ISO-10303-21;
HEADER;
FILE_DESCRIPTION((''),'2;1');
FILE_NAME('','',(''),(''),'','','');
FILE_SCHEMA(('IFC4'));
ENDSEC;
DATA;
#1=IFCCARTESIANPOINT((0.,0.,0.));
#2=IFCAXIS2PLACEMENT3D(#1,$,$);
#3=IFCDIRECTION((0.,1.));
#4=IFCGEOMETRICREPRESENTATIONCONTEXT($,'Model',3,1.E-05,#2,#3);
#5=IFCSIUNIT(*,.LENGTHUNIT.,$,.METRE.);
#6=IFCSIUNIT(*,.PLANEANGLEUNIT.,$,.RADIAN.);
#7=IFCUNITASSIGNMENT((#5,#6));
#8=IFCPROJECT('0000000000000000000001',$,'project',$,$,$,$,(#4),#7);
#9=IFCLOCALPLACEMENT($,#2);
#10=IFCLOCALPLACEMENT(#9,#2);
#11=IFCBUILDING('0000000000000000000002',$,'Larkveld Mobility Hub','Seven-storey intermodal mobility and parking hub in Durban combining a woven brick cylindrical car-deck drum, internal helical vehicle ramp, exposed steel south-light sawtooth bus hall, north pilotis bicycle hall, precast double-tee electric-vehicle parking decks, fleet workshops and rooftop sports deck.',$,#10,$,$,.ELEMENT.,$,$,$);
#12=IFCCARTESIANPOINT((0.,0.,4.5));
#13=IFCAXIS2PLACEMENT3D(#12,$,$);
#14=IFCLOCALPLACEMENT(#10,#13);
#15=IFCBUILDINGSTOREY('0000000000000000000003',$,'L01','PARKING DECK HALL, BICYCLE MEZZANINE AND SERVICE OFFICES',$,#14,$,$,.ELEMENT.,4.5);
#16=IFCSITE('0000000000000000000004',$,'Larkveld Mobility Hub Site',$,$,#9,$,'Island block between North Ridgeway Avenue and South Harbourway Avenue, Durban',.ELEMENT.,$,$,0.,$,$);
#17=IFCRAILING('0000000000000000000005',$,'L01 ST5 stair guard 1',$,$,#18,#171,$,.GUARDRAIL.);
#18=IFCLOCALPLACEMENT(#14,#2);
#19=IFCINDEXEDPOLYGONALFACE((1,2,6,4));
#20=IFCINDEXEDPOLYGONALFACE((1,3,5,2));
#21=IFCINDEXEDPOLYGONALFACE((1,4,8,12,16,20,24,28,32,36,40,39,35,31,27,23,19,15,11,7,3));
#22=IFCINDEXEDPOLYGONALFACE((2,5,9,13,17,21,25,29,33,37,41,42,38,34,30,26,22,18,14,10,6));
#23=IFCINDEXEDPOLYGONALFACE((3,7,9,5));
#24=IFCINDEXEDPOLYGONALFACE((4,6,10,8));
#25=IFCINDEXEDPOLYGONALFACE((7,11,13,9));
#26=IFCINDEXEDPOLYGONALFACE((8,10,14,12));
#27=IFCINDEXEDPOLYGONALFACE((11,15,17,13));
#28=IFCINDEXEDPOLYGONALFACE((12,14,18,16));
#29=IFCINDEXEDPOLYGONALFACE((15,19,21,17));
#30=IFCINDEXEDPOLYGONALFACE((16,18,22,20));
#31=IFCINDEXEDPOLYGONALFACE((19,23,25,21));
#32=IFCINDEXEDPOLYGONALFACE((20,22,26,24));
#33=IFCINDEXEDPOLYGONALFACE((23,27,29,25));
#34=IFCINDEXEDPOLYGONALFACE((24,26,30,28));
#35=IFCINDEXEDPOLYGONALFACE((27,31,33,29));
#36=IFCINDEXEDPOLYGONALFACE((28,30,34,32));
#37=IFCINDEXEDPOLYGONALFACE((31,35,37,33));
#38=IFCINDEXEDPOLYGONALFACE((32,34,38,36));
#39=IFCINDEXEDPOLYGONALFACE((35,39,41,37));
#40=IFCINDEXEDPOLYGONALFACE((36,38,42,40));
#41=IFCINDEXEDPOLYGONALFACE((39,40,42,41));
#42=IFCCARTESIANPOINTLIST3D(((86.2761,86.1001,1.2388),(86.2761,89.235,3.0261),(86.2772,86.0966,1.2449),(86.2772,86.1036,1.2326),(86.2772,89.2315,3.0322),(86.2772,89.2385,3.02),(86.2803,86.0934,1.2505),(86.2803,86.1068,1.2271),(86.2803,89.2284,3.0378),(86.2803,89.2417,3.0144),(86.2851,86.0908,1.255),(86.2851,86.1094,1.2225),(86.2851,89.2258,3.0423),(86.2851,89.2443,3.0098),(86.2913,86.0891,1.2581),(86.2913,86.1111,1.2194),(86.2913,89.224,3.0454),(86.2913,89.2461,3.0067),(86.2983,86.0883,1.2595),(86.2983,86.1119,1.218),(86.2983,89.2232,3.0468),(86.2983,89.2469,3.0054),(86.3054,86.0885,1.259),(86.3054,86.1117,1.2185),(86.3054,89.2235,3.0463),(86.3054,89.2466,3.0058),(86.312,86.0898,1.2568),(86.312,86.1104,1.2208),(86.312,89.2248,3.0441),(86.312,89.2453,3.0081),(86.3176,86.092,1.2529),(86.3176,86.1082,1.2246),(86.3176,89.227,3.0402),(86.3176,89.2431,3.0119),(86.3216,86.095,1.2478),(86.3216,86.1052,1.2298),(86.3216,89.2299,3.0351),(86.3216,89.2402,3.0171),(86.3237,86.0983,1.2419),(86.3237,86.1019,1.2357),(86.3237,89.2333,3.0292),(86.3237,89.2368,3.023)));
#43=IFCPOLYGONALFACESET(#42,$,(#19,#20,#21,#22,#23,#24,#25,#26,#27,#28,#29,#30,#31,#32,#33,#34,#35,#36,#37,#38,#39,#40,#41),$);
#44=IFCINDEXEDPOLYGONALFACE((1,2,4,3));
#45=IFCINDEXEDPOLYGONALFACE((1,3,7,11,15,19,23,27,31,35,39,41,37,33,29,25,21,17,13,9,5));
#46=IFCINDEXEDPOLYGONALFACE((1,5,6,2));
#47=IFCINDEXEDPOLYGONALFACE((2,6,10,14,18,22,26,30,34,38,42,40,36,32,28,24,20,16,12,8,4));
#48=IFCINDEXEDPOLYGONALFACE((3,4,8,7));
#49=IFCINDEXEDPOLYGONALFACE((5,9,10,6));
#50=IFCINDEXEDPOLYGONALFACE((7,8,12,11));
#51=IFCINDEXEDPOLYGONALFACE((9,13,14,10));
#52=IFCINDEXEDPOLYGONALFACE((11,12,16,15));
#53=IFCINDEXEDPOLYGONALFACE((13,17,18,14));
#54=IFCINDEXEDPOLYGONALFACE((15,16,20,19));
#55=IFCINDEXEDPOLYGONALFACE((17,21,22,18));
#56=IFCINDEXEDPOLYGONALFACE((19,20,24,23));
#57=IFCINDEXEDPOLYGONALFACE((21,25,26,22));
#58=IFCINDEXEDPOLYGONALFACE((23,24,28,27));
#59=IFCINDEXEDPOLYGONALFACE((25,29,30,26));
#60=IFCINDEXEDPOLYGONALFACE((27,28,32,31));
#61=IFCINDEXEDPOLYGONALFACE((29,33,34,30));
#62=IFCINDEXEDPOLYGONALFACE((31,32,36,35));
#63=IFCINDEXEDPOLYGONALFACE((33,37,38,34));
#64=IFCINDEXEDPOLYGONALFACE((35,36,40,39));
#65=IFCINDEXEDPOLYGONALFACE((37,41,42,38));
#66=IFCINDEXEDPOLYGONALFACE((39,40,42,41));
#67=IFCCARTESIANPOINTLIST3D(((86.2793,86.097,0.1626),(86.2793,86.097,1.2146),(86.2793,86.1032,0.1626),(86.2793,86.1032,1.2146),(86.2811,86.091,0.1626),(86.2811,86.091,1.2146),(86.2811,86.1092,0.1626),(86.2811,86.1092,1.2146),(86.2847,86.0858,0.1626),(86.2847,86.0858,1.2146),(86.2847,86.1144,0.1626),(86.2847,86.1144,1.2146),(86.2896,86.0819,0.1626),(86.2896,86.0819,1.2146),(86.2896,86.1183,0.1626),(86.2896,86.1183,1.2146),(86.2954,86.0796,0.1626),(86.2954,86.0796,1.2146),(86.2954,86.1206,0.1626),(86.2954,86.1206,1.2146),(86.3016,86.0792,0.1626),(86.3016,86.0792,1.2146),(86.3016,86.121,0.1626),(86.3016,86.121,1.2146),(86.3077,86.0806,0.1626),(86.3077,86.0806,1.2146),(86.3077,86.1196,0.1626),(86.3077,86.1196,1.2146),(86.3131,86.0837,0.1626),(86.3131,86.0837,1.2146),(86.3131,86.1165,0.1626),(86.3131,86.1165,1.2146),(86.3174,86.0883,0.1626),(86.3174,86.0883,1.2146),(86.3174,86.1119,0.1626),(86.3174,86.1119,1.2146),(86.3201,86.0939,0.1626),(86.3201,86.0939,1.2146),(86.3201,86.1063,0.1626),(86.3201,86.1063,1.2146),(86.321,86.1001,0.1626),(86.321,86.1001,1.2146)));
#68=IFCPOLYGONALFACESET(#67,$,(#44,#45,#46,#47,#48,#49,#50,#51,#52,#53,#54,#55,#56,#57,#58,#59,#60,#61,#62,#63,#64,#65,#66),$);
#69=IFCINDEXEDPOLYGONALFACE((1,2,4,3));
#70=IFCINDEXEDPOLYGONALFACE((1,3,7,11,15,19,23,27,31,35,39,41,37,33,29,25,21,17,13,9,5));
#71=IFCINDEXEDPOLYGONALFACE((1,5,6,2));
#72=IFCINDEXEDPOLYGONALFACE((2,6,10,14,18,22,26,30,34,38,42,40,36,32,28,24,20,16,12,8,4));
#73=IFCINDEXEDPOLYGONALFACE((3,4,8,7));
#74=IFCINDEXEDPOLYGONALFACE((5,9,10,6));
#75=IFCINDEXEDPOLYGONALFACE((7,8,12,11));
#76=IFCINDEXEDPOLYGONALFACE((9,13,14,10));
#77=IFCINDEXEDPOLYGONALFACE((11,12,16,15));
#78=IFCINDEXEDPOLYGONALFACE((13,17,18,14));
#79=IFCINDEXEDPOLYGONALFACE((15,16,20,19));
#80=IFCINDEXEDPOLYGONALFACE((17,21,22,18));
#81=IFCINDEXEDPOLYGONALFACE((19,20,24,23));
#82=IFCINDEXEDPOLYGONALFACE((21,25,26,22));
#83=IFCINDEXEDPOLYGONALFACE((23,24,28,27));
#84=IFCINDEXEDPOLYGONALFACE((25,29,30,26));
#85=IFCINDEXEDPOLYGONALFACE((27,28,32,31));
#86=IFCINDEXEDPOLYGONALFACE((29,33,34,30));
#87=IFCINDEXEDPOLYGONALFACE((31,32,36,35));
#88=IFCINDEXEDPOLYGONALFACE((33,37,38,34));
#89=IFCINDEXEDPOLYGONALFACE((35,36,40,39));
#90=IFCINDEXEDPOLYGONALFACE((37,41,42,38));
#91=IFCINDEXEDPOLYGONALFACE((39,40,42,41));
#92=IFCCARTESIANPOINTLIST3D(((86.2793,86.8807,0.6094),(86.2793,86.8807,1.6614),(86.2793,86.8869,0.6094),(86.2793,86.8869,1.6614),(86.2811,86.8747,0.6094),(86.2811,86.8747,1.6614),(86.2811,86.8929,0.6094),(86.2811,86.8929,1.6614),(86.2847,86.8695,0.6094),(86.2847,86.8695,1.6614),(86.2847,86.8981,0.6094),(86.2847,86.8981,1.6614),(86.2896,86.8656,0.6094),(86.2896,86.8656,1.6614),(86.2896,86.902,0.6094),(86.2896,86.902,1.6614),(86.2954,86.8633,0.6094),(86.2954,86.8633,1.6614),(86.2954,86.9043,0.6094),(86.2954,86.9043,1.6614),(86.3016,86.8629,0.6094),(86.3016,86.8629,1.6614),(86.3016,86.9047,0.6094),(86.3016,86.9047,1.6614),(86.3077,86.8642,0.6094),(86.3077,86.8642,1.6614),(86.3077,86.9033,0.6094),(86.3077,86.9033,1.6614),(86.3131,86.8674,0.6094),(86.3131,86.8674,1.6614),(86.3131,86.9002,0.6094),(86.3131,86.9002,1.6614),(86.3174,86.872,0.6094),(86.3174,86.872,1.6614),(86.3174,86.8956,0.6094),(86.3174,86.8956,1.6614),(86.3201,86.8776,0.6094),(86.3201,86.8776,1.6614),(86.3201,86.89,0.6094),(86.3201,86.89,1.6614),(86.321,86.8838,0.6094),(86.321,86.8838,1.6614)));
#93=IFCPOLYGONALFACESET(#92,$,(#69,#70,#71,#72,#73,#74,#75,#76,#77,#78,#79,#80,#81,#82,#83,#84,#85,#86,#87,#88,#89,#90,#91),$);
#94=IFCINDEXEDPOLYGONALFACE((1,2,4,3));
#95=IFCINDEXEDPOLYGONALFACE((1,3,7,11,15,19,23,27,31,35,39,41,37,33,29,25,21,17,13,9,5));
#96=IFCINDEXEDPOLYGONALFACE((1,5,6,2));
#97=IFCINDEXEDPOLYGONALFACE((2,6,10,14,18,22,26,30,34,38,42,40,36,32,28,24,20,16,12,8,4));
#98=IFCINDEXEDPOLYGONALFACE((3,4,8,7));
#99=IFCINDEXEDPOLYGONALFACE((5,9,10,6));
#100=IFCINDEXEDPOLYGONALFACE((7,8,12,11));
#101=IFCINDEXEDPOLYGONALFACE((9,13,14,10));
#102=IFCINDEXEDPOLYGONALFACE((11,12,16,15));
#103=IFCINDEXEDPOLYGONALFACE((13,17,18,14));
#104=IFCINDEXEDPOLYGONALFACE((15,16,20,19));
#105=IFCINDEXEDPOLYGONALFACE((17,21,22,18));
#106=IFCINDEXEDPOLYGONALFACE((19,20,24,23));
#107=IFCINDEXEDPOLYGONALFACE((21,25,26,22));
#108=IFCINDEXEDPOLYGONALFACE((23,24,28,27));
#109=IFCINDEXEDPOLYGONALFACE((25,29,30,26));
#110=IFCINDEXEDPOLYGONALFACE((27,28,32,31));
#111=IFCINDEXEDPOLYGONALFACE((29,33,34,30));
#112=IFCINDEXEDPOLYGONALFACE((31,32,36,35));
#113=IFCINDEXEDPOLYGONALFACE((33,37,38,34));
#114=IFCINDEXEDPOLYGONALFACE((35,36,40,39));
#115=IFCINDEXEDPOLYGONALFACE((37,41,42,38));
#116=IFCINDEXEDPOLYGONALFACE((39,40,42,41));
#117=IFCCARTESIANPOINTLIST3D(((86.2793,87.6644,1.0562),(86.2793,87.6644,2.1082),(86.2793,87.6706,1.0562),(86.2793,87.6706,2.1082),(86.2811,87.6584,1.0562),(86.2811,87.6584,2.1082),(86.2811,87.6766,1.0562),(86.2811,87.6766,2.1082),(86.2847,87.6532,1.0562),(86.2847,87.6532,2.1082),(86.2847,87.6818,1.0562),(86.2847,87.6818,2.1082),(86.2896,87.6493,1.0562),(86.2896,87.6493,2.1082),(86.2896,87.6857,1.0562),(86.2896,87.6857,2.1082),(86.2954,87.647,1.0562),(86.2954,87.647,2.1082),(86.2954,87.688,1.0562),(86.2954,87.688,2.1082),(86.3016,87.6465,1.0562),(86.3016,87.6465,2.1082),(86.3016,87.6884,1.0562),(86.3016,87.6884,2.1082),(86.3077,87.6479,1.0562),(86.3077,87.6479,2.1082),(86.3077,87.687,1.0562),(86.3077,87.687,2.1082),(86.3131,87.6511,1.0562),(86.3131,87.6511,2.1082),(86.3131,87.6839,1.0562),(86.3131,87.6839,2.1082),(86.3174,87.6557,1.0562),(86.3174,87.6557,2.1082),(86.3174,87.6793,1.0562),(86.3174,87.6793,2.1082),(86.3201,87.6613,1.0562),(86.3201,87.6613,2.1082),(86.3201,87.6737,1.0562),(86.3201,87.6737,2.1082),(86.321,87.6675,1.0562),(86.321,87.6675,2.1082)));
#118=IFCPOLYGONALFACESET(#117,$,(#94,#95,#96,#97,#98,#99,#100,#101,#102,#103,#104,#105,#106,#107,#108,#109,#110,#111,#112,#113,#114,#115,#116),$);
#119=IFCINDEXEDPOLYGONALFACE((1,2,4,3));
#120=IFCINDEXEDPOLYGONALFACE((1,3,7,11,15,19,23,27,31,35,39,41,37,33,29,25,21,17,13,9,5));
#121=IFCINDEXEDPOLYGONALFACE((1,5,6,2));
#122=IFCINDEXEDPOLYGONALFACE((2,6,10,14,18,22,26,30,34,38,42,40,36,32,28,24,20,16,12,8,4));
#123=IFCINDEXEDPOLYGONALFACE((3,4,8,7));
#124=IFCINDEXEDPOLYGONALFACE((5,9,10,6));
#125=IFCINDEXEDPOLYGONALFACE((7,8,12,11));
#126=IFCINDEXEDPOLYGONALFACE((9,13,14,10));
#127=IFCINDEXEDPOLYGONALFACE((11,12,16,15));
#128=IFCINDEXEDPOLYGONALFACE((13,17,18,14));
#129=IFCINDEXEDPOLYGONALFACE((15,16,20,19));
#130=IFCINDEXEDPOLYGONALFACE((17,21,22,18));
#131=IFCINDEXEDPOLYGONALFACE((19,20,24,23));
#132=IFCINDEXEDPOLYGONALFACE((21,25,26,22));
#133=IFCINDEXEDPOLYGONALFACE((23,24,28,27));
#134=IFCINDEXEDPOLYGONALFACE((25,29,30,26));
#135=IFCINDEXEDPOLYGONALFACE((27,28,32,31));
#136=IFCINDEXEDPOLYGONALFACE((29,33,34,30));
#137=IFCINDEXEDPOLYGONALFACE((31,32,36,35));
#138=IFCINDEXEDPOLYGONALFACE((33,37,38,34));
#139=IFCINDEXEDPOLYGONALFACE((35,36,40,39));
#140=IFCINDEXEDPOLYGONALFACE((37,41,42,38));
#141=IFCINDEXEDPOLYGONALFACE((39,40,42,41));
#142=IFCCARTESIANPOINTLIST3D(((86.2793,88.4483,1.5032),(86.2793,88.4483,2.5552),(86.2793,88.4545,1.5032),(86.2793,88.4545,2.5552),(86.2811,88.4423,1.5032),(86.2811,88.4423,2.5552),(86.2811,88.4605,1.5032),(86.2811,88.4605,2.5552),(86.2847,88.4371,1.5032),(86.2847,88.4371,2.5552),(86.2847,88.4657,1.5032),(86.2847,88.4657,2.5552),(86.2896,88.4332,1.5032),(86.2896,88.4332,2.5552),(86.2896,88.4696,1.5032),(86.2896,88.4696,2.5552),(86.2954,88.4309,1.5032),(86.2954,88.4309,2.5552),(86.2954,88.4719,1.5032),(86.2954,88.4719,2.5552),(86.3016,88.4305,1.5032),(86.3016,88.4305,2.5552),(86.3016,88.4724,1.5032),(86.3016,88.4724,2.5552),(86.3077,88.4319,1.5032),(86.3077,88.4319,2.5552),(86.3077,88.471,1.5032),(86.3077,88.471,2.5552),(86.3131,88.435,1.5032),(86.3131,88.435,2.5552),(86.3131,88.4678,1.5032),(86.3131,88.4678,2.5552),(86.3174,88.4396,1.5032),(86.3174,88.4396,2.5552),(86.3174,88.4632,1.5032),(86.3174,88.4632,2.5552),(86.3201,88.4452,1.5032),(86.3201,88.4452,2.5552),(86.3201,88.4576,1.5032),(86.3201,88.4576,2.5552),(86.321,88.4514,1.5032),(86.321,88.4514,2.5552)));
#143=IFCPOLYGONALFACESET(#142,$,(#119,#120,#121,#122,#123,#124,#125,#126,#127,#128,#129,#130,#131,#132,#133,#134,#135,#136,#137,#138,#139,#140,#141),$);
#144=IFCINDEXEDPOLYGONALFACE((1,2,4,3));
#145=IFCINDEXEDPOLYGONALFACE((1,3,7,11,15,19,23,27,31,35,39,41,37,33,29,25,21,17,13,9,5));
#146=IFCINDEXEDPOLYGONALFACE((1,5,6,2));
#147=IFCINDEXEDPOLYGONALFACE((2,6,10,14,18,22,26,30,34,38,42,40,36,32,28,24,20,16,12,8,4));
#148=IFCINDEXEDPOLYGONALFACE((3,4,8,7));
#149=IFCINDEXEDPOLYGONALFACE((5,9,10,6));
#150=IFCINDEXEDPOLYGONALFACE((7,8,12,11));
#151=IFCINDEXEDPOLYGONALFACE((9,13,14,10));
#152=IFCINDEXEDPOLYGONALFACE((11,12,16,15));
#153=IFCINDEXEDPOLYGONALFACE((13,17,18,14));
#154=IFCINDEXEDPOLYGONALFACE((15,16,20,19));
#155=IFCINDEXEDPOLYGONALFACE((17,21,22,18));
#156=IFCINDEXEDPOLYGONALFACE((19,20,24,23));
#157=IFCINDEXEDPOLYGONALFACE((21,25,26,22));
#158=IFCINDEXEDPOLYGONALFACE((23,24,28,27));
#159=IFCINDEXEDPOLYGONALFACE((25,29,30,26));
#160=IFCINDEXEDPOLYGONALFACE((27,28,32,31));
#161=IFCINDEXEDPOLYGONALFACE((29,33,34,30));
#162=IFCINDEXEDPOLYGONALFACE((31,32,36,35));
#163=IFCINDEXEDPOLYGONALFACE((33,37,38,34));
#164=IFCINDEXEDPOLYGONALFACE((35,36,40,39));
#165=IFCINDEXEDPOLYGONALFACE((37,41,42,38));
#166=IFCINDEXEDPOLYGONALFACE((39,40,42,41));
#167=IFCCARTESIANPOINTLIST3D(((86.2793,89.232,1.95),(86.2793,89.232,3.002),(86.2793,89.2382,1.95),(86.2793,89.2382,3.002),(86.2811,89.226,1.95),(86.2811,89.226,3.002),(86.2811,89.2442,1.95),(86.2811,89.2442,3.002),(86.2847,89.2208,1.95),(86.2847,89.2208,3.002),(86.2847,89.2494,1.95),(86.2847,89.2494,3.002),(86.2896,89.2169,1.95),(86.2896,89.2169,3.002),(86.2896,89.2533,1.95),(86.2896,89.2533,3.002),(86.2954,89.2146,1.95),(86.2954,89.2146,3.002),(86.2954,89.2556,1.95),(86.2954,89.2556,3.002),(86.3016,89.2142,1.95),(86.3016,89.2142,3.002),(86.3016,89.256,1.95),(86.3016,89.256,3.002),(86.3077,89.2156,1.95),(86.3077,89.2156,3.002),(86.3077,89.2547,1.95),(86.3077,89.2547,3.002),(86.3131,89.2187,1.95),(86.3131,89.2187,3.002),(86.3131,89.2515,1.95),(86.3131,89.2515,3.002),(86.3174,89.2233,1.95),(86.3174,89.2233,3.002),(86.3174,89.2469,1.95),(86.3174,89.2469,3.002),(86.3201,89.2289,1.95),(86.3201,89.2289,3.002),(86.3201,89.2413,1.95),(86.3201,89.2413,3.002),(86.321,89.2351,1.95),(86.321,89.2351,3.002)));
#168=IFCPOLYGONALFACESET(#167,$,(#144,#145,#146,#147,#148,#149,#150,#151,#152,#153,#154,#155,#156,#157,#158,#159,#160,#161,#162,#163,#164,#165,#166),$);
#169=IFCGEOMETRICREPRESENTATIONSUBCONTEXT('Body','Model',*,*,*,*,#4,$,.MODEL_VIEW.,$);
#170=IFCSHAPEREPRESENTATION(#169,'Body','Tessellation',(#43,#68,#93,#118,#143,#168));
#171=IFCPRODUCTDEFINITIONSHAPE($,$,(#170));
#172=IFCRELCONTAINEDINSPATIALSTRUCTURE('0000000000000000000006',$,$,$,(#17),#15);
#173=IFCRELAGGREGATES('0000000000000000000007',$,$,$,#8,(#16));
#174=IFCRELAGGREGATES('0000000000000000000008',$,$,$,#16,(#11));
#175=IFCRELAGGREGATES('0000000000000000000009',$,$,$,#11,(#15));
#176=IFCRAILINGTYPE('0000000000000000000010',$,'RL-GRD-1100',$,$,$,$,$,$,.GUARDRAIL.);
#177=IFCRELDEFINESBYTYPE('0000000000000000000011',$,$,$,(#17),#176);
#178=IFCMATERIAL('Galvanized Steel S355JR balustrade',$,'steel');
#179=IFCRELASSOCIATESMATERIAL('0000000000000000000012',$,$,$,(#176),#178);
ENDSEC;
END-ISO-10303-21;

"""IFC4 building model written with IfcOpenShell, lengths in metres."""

from ifc_helpers import new_model, si_unit, direction, frame, origin, origin_2d, place, context, subcontext, project, spatial, circle, extrude, material, type_object, element, save


model = new_model("IFC4")

# Units and contexts
model_context = context("Model", 3, precision=1e-05, world=origin(), true_north=direction((0.0, 1.0)))
body_context = subcontext(model_context, "Body", "Model", "MODEL_VIEW")
ifc_project = project(units=[si_unit("LENGTHUNIT", "METRE"), si_unit("PLANEANGLEUNIT", "RADIAN")], contexts=[model_context])

# Site, building, storey
site_placement = place(None, origin())
site = spatial("IfcSite", under=ifc_project, at=site_placement, Name="Larkveld Mobility Hub Site", LongName="Island block between North Ridgeway Avenue and South Harbourway Avenue, Durban", CompositionType="ELEMENT", RefElevation=0.0)
building_placement = place(site_placement, origin())
building = spatial("IfcBuilding", under=site, at=building_placement, Name="Larkveld Mobility Hub", Description="Seven-storey intermodal mobility and parking hub in Durban combining a woven brick cylindrical car-deck drum, internal helical vehicle ramp, exposed steel south-light sawtooth bus hall, north pilotis bicycle hall, precast double-tee electric-vehicle parking decks, fleet workshops and rooftop sports deck.", CompositionType="ELEMENT")
storey_placement = place(building_placement, frame((0.0, 0.0, 4.5)))
storey = spatial("IfcBuildingStorey", under=building, at=storey_placement, Name="L01", Description="PARKING DECK HALL, BICYCLE MEZZANINE AND SERVICE OFFICES", CompositionType="ELEMENT", Elevation=4.5)

# Railing
ifc_material_1 = material(Name="Galvanized Steel S355JR balustrade", Category="steel")
railing_type_1 = type_object("IfcRailingType", Name="RL-GRD-1100", PredefinedType="GUARDRAIL", material=ifc_material_1)
railing_1_placement = place(storey_placement, frame((86.3, 86.1001, 0.1626)))
element("IfcRailing", 1, at=railing_1_placement, inside=storey, type_object=railing_type_1, Name="L01 ST5 stair guard 1", PredefinedType="GUARDRAIL", context=body_context, shape_type="SweptSolid", body=[
    extrude(circle(Radius=0.0239, at=origin_2d()), frame((0.0, 0.0, 1.0762), z_axis=(0.0, 0.86873, 0.495286), x_axis=(-1.0, 0.0, 0.0)), (0.0, 0.0, 1.0), 3.6086),
    extrude(circle(Radius=0.021, at=origin_2d()), origin(), (0.0, 0.0, 1.0), 1.052),
    extrude(circle(Radius=0.021, at=origin_2d()), frame((0.0, 0.7837, 0.4468)), (0.0, 0.0, 1.0), 1.052),
    extrude(circle(Radius=0.021, at=origin_2d()), frame((0.0, 1.5674, 0.8936)), (0.0, 0.0, 1.0), 1.052),
    extrude(circle(Radius=0.021, at=origin_2d()), frame((0.0, 2.3513, 1.3406)), (0.0, 0.0, 1.0), 1.052),
    extrude(circle(Radius=0.021, at=origin_2d()), frame((0.0, 3.135, 1.7874)), (0.0, 0.0, 1.0), 1.052),
])

save(model, "model.ifc")
